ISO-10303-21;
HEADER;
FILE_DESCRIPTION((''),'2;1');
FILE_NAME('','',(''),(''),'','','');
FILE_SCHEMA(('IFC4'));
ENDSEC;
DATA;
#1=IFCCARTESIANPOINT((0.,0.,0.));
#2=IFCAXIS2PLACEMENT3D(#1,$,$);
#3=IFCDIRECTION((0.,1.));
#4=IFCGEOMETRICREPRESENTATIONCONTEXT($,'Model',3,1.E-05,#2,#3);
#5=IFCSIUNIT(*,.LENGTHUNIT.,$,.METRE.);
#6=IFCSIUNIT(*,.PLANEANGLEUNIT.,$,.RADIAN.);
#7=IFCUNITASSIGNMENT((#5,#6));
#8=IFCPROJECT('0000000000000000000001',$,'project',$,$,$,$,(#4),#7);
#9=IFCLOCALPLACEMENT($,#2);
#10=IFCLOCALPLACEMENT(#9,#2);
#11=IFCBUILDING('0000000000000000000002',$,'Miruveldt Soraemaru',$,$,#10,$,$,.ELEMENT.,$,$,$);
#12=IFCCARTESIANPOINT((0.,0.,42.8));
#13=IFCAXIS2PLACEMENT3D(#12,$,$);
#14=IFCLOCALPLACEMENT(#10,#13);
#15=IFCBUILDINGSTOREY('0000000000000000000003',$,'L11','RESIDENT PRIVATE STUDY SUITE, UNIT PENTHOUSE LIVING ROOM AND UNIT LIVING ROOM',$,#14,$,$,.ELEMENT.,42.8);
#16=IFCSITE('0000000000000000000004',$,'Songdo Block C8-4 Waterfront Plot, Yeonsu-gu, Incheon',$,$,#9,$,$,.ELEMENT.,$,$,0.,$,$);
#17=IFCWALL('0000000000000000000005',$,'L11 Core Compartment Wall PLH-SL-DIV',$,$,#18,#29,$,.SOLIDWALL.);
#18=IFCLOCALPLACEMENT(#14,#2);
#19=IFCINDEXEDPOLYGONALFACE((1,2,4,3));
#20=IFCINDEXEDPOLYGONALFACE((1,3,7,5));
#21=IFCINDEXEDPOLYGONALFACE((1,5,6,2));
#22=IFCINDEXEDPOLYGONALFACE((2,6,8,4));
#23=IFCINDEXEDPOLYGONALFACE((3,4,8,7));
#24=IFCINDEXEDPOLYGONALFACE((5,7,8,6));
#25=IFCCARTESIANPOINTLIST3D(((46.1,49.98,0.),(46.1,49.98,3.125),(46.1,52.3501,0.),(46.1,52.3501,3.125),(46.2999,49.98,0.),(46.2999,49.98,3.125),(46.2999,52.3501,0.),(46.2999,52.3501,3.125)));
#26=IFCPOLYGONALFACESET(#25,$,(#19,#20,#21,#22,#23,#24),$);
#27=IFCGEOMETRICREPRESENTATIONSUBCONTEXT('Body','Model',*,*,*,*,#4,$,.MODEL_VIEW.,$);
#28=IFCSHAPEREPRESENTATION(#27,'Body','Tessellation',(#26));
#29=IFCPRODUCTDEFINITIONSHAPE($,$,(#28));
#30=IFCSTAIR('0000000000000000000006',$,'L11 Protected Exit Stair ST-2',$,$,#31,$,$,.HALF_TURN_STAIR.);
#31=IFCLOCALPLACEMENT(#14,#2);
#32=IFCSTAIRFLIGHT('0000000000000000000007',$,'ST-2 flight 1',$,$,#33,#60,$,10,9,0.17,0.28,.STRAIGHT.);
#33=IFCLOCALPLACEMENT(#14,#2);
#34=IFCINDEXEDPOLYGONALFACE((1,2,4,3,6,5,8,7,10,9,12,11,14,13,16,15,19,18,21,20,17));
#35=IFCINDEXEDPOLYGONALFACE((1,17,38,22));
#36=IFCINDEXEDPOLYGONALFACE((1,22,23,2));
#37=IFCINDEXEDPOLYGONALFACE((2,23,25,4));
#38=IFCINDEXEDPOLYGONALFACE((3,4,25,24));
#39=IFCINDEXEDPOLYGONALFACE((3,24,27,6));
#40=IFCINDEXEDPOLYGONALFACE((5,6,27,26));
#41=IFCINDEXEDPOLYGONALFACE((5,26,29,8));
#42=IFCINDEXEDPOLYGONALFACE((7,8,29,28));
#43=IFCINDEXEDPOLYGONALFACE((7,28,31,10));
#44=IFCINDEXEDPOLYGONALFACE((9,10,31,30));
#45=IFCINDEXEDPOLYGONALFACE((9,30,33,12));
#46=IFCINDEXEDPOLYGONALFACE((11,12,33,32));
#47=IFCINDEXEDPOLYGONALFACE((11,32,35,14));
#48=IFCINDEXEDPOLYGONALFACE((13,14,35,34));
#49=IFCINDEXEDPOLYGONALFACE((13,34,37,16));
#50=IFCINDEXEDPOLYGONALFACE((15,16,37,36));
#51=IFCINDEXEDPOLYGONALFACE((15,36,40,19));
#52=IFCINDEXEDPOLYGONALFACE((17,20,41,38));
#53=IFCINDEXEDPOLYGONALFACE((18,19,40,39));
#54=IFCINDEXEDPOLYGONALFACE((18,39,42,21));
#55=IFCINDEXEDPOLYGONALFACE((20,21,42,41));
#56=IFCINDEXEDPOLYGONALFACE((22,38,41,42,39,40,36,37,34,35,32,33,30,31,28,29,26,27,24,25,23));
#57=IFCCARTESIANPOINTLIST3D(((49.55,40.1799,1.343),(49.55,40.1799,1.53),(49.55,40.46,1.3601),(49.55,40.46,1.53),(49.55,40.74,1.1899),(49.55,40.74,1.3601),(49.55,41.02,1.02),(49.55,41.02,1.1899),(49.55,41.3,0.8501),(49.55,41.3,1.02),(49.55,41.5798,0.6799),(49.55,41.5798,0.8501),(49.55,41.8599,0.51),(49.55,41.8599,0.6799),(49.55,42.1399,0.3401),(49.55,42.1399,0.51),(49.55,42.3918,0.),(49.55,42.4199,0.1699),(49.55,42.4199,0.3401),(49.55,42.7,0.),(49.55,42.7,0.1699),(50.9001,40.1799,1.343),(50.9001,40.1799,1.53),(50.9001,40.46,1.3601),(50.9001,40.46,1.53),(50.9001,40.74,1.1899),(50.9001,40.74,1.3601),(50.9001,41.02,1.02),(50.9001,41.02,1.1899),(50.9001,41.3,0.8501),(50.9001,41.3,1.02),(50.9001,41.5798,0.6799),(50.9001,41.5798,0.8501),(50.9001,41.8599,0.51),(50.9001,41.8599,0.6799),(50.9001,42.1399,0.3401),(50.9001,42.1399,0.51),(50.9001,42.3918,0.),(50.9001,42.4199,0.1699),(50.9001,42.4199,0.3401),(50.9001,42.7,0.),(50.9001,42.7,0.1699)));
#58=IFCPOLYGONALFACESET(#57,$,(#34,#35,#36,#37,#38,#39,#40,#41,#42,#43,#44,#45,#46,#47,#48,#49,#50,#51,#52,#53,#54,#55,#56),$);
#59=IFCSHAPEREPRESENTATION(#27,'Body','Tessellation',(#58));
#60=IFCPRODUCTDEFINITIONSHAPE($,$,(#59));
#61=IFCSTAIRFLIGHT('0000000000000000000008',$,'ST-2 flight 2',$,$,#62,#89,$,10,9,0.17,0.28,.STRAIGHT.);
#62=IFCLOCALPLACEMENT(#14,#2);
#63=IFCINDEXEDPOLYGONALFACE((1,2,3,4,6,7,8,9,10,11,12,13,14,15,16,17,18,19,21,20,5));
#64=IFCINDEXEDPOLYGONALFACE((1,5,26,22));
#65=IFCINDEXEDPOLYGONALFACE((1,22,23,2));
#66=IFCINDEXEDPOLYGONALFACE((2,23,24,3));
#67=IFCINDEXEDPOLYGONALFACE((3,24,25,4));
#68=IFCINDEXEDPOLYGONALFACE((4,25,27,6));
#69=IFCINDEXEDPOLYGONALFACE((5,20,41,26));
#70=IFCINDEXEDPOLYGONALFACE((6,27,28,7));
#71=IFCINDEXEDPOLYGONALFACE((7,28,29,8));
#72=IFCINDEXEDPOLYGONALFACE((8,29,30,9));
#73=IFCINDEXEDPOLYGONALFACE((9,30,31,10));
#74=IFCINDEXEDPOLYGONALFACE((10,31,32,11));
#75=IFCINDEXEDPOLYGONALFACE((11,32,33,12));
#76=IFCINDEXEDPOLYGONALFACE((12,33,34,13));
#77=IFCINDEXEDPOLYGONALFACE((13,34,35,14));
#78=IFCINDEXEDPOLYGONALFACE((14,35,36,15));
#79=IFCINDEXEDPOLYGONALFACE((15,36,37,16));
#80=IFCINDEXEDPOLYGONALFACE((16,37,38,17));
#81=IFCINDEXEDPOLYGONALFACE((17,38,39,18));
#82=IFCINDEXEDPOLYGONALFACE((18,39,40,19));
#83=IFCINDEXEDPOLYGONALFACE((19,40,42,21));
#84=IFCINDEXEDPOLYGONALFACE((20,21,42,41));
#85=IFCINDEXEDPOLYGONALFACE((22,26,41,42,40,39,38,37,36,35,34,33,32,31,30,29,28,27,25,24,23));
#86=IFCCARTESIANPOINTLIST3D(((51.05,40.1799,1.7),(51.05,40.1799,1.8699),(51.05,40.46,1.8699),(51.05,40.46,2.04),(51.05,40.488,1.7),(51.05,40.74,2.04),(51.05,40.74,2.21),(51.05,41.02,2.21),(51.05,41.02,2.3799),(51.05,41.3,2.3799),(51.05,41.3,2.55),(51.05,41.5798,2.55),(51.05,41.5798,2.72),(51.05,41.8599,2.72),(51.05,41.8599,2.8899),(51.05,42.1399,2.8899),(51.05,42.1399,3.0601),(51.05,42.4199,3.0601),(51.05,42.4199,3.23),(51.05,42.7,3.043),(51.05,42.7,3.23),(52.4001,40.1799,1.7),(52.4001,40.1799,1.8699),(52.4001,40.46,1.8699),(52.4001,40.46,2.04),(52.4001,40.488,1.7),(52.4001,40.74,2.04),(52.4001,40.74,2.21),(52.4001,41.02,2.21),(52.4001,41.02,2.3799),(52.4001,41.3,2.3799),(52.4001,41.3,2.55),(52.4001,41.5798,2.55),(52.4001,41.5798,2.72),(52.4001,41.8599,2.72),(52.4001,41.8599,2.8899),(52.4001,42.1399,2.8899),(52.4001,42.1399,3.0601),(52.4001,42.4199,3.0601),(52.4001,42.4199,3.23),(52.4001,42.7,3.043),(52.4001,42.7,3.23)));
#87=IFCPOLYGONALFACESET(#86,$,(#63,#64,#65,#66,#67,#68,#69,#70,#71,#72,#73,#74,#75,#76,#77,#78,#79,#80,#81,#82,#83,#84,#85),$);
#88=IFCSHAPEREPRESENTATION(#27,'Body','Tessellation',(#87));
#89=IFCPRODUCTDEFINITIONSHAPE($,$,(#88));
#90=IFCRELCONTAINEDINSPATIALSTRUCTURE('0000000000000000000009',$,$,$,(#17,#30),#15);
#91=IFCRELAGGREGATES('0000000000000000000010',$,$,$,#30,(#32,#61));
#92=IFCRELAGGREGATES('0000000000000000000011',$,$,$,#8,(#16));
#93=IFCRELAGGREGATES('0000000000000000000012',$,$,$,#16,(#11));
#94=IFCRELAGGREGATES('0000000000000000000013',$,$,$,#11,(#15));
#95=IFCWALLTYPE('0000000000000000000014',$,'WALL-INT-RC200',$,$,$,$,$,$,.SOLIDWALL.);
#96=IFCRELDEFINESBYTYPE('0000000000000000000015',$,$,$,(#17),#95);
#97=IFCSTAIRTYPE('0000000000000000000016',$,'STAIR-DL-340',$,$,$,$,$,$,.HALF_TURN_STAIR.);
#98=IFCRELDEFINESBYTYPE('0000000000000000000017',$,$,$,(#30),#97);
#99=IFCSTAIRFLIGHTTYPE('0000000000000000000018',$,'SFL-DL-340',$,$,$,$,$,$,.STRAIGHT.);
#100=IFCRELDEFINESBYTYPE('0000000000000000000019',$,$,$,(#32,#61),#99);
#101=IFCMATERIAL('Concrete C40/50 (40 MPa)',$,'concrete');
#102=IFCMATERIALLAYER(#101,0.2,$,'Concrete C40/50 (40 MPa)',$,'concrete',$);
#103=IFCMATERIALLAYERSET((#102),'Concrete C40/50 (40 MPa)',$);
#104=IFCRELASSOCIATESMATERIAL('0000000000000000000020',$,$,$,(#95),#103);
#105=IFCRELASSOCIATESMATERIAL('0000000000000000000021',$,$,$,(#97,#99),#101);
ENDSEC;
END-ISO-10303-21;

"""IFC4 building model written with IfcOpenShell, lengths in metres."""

from ifc_helpers import new_model, si_unit, direction, frame, frame_2d, origin, place, context, subcontext, project, spatial, polyline, rectangle, outline, extrude, material, layer, layer_set, type_object, element, aggregate, save


model = new_model("IFC4")

# Units and contexts
model_context = context("Model", 3, precision=1e-05, world=origin(), true_north=direction((0.0, 1.0)))
body_context = subcontext(model_context, "Body", "Model", "MODEL_VIEW")
ifc_project = project(units=[si_unit("LENGTHUNIT", "METRE"), si_unit("PLANEANGLEUNIT", "RADIAN")], contexts=[model_context])

# Site, building, storey
site_placement = place(None, origin())
site = spatial("IfcSite", under=ifc_project, at=site_placement, Name="Songdo Block C8-4 Waterfront Plot, Yeonsu-gu, Incheon", CompositionType="ELEMENT", RefElevation=0.0)
building_placement = place(site_placement, origin())
building = spatial("IfcBuilding", under=site, at=building_placement, Name="Miruveldt Soraemaru", CompositionType="ELEMENT")
storey_placement = place(building_placement, frame((0.0, 0.0, 42.8)))
storey = spatial("IfcBuildingStorey", under=building, at=storey_placement, Name="L11", Description="RESIDENT PRIVATE STUDY SUITE, UNIT PENTHOUSE LIVING ROOM AND UNIT LIVING ROOM", CompositionType="ELEMENT", Elevation=42.8)

# Shared definitions
ifc_material_1 = material(Name="Concrete C40/50 (40 MPa)", Category="concrete")

# Shared definitions
ifc_layer_1 = layer(ifc_material_1, 0.2, Name="Concrete C40/50 (40 MPa)", Category="concrete")
ifc_layer_set_1 = layer_set([ifc_layer_1], Name="Concrete C40/50 (40 MPa)")
wall_type_1 = type_object("IfcWallType", Name="WALL-INT-RC200", PredefinedType="SOLIDWALL", material=ifc_layer_set_1)

# Wall
wall_1_placement = place(storey_placement, frame((46.2, 49.98, 0.0), z_axis=(0.0, 0.0, 1.0), x_axis=(0.0, 1.0, 0.0)))
element("IfcWall", 1, at=wall_1_placement, inside=storey, type_object=wall_type_1, Name="L11 Core Compartment Wall PLH-SL-DIV", PredefinedType="SOLIDWALL", context=body_context, shape_type="SweptSolid", body=[
    extrude(rectangle(XDim=2.3701, YDim=0.2, at=frame_2d((1.1851, 0.0))), origin(), (0.0, 0.0, 1.0), 3.125),
])

# Stair, stair flights
stair_type = type_object("IfcStairType", Name="STAIR-DL-340", PredefinedType="HALF_TURN_STAIR", material=ifc_material_1)
stair_placement = place(storey_placement, origin())
stair = element("IfcStair", 2, at=stair_placement, inside=storey, type_object=stair_type, Name="L11 Protected Exit Stair ST-2", PredefinedType="HALF_TURN_STAIR")
stair_flight_type = type_object("IfcStairFlightType", Name="SFL-DL-340", PredefinedType="STRAIGHT", material=ifc_material_1)
stair_flight_1_placement = place(storey_placement, frame((50.2251, 42.7, 0.0), z_axis=(0.0, 0.0, 1.0), x_axis=(0.0, -1.0, 0.0)))
stair_flight_1 = element("IfcStairFlight", 3, at=stair_flight_1_placement, type_object=stair_flight_type, Name="ST-2 flight 1", NumberOfRisers=10, NumberOfTreads=9, PredefinedType="STRAIGHT", RiserHeight=0.17, TreadLength=0.28, context=body_context, shape_type="SweptSolid", body=[
    extrude(outline(polyline([(0.0, 0.0), (0.0, 0.1699), (0.28, 0.1699), (0.28, 0.3401), (0.5601, 0.3401), (0.5601, 0.51), (0.8401, 0.51), (0.8401, 0.6799), (1.1201, 0.6799), (1.1201, 0.8501), (1.3999, 0.8501), (1.3999, 1.02), (1.6799, 1.02), (1.6799, 1.1899), (1.96, 1.1899), (1.96, 1.3601), (2.24, 1.3601), (2.24, 1.53), (2.52, 1.53), (2.52, 1.7), (2.52, 1.343), (0.3081, 0.0), (0.0, 0.0)])), frame((0.0, 0.675, 0.0), z_axis=(0.0, -1.0, 0.0), x_axis=(1.0, 0.0, 0.0)), (0.0, 0.0, 1.0), 1.3501),
])
stair_flight_2_placement = place(storey_placement, frame((51.7251, 40.1799, 1.7), z_axis=(0.0, 0.0, 1.0), x_axis=(0.0, 1.0, 0.0)))
stair_flight_2 = element("IfcStairFlight", 4, at=stair_flight_2_placement, type_object=stair_flight_type, Name="ST-2 flight 2", NumberOfRisers=10, NumberOfTreads=9, PredefinedType="STRAIGHT", RiserHeight=0.17, TreadLength=0.28, context=body_context, shape_type="SweptSolid", body=[
    extrude(outline(polyline([(0.0, 0.0), (0.0, 0.1699), (0.28, 0.1699), (0.28, 0.3401), (0.5601, 0.3401), (0.5601, 0.51), (0.8401, 0.51), (0.8401, 0.6799), (1.1201, 0.6799), (1.1201, 0.8501), (1.3999, 0.8501), (1.3999, 1.02), (1.6799, 1.02), (1.6799, 1.1899), (1.96, 1.1899), (1.96, 1.3601), (2.24, 1.3601), (2.24, 1.53), (2.52, 1.53), (2.52, 1.7), (2.52, 1.343), (0.3081, 0.0), (0.0, 0.0)])), frame((0.0, 0.675, 0.0), z_axis=(0.0, -1.0, 0.0), x_axis=(1.0, 0.0, 0.0)), (0.0, 0.0, 1.0), 1.3501),
])
aggregate(stair, [stair_flight_1, stair_flight_2])

save(model, "model.ifc")
